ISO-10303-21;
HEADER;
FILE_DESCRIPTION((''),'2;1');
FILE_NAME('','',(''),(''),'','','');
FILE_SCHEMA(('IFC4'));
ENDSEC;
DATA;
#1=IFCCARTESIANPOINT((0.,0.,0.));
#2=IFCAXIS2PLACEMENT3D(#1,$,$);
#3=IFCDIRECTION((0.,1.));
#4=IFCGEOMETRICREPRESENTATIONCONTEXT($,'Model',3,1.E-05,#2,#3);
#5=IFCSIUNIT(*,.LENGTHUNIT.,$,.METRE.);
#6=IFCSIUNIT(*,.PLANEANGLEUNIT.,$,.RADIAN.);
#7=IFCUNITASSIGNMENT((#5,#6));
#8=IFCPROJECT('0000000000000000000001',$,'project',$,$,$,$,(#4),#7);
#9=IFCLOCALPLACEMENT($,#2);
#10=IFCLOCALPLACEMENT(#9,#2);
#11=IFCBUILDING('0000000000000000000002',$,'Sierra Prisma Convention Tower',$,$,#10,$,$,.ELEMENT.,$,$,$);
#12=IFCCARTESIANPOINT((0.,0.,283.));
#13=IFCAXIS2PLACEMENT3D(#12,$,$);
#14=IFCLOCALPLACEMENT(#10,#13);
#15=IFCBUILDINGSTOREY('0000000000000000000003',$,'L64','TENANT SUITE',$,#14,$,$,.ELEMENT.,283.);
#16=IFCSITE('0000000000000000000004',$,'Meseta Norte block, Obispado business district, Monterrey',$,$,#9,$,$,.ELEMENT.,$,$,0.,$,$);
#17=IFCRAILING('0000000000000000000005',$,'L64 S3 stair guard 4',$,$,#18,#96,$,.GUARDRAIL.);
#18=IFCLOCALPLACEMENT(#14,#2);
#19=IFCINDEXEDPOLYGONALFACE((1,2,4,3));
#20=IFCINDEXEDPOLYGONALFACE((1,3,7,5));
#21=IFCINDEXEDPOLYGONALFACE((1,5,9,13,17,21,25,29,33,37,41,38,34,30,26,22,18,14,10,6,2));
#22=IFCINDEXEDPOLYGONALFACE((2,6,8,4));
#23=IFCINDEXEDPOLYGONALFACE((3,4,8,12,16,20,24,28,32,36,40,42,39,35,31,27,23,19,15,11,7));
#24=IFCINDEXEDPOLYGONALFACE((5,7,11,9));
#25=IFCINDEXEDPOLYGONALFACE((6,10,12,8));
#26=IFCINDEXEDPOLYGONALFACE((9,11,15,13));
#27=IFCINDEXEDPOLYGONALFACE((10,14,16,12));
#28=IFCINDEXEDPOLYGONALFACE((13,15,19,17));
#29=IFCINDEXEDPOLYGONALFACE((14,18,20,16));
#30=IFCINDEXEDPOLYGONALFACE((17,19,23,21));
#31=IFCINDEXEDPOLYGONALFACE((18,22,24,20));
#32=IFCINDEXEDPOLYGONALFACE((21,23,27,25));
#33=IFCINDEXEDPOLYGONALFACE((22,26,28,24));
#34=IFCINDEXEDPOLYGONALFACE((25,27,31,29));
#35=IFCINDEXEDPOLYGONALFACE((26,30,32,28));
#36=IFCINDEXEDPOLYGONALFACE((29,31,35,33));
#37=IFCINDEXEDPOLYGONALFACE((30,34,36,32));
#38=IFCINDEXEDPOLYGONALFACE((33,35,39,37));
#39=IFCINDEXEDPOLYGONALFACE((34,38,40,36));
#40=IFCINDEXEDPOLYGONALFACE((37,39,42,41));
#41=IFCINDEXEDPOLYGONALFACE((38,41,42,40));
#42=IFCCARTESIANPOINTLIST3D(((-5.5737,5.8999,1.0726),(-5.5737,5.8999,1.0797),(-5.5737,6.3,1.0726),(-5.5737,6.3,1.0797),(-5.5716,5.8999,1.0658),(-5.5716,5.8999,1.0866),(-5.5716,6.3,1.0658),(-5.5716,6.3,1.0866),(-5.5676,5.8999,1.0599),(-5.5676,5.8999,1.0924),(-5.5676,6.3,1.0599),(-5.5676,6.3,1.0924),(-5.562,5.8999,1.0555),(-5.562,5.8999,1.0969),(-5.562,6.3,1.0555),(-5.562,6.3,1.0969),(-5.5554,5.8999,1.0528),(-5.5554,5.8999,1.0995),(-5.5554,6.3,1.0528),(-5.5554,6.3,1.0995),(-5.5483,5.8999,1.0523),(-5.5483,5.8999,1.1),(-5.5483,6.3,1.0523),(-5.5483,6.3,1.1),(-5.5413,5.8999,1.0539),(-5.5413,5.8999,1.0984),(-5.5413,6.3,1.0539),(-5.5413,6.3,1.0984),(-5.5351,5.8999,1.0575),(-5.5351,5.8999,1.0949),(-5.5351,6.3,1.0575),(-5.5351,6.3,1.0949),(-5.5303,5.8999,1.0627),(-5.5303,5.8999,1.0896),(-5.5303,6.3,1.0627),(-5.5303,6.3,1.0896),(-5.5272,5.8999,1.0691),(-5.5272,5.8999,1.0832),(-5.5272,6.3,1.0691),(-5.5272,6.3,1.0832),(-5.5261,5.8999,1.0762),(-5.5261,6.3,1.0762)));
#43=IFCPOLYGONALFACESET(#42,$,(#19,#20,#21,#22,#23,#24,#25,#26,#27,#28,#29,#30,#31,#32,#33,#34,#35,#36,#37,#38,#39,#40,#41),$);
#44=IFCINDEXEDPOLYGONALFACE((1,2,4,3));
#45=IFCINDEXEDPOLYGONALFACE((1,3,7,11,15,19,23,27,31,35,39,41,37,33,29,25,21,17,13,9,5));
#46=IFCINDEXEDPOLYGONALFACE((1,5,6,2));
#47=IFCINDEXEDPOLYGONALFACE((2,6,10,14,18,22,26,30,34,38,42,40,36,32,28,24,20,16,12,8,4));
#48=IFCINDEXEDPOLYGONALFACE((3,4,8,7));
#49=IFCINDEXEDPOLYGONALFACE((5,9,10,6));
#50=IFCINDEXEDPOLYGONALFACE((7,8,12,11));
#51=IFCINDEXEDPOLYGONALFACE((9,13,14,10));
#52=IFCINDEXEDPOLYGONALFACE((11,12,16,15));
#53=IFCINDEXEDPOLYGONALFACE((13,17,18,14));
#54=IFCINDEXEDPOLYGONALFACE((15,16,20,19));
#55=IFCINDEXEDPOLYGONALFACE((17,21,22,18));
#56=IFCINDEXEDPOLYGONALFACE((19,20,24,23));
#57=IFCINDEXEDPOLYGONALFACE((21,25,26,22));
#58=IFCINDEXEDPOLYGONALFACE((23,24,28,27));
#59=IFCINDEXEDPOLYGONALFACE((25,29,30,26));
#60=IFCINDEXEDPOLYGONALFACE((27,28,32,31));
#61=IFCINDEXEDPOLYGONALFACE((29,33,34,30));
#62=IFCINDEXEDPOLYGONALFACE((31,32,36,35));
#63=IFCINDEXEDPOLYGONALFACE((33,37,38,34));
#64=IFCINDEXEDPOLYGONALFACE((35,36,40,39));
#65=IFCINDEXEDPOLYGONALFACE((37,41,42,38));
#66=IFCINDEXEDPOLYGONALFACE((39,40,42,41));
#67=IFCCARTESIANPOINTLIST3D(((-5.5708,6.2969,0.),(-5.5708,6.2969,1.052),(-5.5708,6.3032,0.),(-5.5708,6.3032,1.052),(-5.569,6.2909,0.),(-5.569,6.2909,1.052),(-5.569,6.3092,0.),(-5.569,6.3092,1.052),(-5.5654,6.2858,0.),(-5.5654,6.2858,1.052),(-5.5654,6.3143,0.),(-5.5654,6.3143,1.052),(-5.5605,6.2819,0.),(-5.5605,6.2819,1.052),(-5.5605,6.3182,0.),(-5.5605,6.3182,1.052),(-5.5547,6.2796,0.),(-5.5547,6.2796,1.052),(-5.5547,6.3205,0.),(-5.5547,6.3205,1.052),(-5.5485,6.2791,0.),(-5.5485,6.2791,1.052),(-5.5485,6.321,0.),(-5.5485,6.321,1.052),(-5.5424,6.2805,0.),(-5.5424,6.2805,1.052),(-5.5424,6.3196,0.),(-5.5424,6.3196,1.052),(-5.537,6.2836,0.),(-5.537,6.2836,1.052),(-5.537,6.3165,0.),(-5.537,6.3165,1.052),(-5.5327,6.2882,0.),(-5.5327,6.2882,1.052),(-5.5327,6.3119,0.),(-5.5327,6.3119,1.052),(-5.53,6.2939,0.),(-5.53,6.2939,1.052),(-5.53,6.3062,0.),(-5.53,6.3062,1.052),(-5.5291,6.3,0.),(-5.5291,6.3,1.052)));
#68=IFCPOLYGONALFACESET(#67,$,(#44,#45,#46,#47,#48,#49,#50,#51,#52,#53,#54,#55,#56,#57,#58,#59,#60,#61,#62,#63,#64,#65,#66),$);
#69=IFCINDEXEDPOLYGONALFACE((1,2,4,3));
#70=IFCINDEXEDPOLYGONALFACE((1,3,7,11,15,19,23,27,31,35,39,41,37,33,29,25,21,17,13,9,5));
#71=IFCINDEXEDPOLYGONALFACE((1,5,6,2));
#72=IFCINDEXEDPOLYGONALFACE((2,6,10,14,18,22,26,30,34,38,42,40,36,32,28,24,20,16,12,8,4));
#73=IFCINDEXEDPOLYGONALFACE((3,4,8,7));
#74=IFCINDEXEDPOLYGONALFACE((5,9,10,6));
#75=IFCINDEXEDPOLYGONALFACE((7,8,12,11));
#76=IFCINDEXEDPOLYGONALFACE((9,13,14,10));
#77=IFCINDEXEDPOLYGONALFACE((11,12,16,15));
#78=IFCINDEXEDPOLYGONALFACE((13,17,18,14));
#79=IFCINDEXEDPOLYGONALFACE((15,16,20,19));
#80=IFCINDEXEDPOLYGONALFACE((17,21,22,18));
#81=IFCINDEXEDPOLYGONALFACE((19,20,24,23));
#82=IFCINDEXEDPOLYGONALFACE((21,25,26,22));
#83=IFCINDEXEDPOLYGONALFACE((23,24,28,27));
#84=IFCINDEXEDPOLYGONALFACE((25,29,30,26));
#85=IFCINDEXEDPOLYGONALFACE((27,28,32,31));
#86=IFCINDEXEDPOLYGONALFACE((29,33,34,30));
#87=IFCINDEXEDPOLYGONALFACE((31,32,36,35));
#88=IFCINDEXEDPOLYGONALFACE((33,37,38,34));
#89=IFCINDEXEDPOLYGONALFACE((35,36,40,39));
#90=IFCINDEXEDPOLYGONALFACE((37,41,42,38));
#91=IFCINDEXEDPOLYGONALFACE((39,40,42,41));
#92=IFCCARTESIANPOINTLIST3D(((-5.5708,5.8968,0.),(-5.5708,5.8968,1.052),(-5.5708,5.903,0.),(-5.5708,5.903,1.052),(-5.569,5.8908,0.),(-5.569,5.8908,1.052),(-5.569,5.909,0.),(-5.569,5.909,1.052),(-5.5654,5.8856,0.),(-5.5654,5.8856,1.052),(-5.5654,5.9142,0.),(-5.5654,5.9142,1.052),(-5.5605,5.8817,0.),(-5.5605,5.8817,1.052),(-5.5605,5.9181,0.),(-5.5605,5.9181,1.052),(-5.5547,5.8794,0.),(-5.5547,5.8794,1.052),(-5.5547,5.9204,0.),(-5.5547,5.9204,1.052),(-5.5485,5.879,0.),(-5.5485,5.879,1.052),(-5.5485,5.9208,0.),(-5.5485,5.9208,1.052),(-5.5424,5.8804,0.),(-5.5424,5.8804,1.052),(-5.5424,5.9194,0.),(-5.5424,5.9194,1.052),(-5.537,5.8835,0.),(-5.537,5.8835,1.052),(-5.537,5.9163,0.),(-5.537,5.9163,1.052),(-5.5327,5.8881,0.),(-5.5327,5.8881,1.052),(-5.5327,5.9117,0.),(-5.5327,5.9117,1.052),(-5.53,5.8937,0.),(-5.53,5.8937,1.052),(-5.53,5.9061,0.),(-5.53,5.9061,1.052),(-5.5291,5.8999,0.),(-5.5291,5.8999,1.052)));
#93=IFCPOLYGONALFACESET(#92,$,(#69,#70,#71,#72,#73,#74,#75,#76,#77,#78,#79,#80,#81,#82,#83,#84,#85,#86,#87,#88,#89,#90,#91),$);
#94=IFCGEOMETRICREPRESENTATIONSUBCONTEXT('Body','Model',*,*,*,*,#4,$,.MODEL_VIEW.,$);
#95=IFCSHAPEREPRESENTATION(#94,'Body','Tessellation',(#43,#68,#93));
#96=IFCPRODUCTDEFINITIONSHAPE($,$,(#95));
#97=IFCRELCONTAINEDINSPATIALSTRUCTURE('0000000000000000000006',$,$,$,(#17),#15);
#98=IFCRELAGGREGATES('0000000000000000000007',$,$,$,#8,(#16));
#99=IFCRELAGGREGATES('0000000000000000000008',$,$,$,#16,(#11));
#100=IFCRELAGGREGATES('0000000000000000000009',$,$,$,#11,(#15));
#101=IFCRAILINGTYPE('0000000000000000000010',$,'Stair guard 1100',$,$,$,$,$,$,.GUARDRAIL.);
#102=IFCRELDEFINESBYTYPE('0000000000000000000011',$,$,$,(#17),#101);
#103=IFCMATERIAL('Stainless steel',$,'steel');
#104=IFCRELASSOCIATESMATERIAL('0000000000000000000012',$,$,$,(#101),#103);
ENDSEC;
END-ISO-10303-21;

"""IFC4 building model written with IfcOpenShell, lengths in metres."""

from ifc_helpers import new_model, si_unit, direction, frame, origin, origin_2d, place, context, subcontext, project, spatial, circle, extrude, material, type_object, element, save


model = new_model("IFC4")

# Units and contexts
model_context = context("Model", 3, precision=1e-05, world=origin(), true_north=direction((0.0, 1.0)))
body_context = subcontext(model_context, "Body", "Model", "MODEL_VIEW")
ifc_project = project(units=[si_unit("LENGTHUNIT", "METRE"), si_unit("PLANEANGLEUNIT", "RADIAN")], contexts=[model_context])

# Site, building, storey
site_placement = place(None, origin())
site = spatial("IfcSite", under=ifc_project, at=site_placement, Name="Meseta Norte block, Obispado business district, Monterrey", CompositionType="ELEMENT", RefElevation=0.0)
building_placement = place(site_placement, origin())
building = spatial("IfcBuilding", under=site, at=building_placement, Name="Sierra Prisma Convention Tower", CompositionType="ELEMENT")
storey_placement = place(building_placement, frame((0.0, 0.0, 283.0)))
storey = spatial("IfcBuildingStorey", under=building, at=storey_placement, Name="L64", Description="TENANT SUITE", CompositionType="ELEMENT", Elevation=283.0)

# Railing
ifc_material_1 = material(Name="Stainless steel", Category="steel")
railing_type_1 = type_object("IfcRailingType", Name="Stair guard 1100", PredefinedType="GUARDRAIL", material=ifc_material_1)
railing_1_placement = place(storey_placement, frame((-5.55, 6.3, 0.0)))
element("IfcRailing", 1, at=railing_1_placement, inside=storey, type_object=railing_type_1, Name="L64 S3 stair guard 4", PredefinedType="GUARDRAIL", context=body_context, shape_type="SweptSolid", body=[
    extrude(circle(Radius=0.0239, at=origin_2d()), frame((0.0, 0.0, 1.0762), z_axis=(0.0, -1.0, 0.0), x_axis=(1.0, 0.0, 0.0)), (0.0, 0.0, 1.0), 0.4001),
    extrude(circle(Radius=0.021, at=origin_2d()), origin(), (0.0, 0.0, 1.0), 1.052),
    extrude(circle(Radius=0.021, at=origin_2d()), frame((0.0, -0.4001, 0.0)), (0.0, 0.0, 1.0), 1.052),
])

save(model, "model.ifc")
